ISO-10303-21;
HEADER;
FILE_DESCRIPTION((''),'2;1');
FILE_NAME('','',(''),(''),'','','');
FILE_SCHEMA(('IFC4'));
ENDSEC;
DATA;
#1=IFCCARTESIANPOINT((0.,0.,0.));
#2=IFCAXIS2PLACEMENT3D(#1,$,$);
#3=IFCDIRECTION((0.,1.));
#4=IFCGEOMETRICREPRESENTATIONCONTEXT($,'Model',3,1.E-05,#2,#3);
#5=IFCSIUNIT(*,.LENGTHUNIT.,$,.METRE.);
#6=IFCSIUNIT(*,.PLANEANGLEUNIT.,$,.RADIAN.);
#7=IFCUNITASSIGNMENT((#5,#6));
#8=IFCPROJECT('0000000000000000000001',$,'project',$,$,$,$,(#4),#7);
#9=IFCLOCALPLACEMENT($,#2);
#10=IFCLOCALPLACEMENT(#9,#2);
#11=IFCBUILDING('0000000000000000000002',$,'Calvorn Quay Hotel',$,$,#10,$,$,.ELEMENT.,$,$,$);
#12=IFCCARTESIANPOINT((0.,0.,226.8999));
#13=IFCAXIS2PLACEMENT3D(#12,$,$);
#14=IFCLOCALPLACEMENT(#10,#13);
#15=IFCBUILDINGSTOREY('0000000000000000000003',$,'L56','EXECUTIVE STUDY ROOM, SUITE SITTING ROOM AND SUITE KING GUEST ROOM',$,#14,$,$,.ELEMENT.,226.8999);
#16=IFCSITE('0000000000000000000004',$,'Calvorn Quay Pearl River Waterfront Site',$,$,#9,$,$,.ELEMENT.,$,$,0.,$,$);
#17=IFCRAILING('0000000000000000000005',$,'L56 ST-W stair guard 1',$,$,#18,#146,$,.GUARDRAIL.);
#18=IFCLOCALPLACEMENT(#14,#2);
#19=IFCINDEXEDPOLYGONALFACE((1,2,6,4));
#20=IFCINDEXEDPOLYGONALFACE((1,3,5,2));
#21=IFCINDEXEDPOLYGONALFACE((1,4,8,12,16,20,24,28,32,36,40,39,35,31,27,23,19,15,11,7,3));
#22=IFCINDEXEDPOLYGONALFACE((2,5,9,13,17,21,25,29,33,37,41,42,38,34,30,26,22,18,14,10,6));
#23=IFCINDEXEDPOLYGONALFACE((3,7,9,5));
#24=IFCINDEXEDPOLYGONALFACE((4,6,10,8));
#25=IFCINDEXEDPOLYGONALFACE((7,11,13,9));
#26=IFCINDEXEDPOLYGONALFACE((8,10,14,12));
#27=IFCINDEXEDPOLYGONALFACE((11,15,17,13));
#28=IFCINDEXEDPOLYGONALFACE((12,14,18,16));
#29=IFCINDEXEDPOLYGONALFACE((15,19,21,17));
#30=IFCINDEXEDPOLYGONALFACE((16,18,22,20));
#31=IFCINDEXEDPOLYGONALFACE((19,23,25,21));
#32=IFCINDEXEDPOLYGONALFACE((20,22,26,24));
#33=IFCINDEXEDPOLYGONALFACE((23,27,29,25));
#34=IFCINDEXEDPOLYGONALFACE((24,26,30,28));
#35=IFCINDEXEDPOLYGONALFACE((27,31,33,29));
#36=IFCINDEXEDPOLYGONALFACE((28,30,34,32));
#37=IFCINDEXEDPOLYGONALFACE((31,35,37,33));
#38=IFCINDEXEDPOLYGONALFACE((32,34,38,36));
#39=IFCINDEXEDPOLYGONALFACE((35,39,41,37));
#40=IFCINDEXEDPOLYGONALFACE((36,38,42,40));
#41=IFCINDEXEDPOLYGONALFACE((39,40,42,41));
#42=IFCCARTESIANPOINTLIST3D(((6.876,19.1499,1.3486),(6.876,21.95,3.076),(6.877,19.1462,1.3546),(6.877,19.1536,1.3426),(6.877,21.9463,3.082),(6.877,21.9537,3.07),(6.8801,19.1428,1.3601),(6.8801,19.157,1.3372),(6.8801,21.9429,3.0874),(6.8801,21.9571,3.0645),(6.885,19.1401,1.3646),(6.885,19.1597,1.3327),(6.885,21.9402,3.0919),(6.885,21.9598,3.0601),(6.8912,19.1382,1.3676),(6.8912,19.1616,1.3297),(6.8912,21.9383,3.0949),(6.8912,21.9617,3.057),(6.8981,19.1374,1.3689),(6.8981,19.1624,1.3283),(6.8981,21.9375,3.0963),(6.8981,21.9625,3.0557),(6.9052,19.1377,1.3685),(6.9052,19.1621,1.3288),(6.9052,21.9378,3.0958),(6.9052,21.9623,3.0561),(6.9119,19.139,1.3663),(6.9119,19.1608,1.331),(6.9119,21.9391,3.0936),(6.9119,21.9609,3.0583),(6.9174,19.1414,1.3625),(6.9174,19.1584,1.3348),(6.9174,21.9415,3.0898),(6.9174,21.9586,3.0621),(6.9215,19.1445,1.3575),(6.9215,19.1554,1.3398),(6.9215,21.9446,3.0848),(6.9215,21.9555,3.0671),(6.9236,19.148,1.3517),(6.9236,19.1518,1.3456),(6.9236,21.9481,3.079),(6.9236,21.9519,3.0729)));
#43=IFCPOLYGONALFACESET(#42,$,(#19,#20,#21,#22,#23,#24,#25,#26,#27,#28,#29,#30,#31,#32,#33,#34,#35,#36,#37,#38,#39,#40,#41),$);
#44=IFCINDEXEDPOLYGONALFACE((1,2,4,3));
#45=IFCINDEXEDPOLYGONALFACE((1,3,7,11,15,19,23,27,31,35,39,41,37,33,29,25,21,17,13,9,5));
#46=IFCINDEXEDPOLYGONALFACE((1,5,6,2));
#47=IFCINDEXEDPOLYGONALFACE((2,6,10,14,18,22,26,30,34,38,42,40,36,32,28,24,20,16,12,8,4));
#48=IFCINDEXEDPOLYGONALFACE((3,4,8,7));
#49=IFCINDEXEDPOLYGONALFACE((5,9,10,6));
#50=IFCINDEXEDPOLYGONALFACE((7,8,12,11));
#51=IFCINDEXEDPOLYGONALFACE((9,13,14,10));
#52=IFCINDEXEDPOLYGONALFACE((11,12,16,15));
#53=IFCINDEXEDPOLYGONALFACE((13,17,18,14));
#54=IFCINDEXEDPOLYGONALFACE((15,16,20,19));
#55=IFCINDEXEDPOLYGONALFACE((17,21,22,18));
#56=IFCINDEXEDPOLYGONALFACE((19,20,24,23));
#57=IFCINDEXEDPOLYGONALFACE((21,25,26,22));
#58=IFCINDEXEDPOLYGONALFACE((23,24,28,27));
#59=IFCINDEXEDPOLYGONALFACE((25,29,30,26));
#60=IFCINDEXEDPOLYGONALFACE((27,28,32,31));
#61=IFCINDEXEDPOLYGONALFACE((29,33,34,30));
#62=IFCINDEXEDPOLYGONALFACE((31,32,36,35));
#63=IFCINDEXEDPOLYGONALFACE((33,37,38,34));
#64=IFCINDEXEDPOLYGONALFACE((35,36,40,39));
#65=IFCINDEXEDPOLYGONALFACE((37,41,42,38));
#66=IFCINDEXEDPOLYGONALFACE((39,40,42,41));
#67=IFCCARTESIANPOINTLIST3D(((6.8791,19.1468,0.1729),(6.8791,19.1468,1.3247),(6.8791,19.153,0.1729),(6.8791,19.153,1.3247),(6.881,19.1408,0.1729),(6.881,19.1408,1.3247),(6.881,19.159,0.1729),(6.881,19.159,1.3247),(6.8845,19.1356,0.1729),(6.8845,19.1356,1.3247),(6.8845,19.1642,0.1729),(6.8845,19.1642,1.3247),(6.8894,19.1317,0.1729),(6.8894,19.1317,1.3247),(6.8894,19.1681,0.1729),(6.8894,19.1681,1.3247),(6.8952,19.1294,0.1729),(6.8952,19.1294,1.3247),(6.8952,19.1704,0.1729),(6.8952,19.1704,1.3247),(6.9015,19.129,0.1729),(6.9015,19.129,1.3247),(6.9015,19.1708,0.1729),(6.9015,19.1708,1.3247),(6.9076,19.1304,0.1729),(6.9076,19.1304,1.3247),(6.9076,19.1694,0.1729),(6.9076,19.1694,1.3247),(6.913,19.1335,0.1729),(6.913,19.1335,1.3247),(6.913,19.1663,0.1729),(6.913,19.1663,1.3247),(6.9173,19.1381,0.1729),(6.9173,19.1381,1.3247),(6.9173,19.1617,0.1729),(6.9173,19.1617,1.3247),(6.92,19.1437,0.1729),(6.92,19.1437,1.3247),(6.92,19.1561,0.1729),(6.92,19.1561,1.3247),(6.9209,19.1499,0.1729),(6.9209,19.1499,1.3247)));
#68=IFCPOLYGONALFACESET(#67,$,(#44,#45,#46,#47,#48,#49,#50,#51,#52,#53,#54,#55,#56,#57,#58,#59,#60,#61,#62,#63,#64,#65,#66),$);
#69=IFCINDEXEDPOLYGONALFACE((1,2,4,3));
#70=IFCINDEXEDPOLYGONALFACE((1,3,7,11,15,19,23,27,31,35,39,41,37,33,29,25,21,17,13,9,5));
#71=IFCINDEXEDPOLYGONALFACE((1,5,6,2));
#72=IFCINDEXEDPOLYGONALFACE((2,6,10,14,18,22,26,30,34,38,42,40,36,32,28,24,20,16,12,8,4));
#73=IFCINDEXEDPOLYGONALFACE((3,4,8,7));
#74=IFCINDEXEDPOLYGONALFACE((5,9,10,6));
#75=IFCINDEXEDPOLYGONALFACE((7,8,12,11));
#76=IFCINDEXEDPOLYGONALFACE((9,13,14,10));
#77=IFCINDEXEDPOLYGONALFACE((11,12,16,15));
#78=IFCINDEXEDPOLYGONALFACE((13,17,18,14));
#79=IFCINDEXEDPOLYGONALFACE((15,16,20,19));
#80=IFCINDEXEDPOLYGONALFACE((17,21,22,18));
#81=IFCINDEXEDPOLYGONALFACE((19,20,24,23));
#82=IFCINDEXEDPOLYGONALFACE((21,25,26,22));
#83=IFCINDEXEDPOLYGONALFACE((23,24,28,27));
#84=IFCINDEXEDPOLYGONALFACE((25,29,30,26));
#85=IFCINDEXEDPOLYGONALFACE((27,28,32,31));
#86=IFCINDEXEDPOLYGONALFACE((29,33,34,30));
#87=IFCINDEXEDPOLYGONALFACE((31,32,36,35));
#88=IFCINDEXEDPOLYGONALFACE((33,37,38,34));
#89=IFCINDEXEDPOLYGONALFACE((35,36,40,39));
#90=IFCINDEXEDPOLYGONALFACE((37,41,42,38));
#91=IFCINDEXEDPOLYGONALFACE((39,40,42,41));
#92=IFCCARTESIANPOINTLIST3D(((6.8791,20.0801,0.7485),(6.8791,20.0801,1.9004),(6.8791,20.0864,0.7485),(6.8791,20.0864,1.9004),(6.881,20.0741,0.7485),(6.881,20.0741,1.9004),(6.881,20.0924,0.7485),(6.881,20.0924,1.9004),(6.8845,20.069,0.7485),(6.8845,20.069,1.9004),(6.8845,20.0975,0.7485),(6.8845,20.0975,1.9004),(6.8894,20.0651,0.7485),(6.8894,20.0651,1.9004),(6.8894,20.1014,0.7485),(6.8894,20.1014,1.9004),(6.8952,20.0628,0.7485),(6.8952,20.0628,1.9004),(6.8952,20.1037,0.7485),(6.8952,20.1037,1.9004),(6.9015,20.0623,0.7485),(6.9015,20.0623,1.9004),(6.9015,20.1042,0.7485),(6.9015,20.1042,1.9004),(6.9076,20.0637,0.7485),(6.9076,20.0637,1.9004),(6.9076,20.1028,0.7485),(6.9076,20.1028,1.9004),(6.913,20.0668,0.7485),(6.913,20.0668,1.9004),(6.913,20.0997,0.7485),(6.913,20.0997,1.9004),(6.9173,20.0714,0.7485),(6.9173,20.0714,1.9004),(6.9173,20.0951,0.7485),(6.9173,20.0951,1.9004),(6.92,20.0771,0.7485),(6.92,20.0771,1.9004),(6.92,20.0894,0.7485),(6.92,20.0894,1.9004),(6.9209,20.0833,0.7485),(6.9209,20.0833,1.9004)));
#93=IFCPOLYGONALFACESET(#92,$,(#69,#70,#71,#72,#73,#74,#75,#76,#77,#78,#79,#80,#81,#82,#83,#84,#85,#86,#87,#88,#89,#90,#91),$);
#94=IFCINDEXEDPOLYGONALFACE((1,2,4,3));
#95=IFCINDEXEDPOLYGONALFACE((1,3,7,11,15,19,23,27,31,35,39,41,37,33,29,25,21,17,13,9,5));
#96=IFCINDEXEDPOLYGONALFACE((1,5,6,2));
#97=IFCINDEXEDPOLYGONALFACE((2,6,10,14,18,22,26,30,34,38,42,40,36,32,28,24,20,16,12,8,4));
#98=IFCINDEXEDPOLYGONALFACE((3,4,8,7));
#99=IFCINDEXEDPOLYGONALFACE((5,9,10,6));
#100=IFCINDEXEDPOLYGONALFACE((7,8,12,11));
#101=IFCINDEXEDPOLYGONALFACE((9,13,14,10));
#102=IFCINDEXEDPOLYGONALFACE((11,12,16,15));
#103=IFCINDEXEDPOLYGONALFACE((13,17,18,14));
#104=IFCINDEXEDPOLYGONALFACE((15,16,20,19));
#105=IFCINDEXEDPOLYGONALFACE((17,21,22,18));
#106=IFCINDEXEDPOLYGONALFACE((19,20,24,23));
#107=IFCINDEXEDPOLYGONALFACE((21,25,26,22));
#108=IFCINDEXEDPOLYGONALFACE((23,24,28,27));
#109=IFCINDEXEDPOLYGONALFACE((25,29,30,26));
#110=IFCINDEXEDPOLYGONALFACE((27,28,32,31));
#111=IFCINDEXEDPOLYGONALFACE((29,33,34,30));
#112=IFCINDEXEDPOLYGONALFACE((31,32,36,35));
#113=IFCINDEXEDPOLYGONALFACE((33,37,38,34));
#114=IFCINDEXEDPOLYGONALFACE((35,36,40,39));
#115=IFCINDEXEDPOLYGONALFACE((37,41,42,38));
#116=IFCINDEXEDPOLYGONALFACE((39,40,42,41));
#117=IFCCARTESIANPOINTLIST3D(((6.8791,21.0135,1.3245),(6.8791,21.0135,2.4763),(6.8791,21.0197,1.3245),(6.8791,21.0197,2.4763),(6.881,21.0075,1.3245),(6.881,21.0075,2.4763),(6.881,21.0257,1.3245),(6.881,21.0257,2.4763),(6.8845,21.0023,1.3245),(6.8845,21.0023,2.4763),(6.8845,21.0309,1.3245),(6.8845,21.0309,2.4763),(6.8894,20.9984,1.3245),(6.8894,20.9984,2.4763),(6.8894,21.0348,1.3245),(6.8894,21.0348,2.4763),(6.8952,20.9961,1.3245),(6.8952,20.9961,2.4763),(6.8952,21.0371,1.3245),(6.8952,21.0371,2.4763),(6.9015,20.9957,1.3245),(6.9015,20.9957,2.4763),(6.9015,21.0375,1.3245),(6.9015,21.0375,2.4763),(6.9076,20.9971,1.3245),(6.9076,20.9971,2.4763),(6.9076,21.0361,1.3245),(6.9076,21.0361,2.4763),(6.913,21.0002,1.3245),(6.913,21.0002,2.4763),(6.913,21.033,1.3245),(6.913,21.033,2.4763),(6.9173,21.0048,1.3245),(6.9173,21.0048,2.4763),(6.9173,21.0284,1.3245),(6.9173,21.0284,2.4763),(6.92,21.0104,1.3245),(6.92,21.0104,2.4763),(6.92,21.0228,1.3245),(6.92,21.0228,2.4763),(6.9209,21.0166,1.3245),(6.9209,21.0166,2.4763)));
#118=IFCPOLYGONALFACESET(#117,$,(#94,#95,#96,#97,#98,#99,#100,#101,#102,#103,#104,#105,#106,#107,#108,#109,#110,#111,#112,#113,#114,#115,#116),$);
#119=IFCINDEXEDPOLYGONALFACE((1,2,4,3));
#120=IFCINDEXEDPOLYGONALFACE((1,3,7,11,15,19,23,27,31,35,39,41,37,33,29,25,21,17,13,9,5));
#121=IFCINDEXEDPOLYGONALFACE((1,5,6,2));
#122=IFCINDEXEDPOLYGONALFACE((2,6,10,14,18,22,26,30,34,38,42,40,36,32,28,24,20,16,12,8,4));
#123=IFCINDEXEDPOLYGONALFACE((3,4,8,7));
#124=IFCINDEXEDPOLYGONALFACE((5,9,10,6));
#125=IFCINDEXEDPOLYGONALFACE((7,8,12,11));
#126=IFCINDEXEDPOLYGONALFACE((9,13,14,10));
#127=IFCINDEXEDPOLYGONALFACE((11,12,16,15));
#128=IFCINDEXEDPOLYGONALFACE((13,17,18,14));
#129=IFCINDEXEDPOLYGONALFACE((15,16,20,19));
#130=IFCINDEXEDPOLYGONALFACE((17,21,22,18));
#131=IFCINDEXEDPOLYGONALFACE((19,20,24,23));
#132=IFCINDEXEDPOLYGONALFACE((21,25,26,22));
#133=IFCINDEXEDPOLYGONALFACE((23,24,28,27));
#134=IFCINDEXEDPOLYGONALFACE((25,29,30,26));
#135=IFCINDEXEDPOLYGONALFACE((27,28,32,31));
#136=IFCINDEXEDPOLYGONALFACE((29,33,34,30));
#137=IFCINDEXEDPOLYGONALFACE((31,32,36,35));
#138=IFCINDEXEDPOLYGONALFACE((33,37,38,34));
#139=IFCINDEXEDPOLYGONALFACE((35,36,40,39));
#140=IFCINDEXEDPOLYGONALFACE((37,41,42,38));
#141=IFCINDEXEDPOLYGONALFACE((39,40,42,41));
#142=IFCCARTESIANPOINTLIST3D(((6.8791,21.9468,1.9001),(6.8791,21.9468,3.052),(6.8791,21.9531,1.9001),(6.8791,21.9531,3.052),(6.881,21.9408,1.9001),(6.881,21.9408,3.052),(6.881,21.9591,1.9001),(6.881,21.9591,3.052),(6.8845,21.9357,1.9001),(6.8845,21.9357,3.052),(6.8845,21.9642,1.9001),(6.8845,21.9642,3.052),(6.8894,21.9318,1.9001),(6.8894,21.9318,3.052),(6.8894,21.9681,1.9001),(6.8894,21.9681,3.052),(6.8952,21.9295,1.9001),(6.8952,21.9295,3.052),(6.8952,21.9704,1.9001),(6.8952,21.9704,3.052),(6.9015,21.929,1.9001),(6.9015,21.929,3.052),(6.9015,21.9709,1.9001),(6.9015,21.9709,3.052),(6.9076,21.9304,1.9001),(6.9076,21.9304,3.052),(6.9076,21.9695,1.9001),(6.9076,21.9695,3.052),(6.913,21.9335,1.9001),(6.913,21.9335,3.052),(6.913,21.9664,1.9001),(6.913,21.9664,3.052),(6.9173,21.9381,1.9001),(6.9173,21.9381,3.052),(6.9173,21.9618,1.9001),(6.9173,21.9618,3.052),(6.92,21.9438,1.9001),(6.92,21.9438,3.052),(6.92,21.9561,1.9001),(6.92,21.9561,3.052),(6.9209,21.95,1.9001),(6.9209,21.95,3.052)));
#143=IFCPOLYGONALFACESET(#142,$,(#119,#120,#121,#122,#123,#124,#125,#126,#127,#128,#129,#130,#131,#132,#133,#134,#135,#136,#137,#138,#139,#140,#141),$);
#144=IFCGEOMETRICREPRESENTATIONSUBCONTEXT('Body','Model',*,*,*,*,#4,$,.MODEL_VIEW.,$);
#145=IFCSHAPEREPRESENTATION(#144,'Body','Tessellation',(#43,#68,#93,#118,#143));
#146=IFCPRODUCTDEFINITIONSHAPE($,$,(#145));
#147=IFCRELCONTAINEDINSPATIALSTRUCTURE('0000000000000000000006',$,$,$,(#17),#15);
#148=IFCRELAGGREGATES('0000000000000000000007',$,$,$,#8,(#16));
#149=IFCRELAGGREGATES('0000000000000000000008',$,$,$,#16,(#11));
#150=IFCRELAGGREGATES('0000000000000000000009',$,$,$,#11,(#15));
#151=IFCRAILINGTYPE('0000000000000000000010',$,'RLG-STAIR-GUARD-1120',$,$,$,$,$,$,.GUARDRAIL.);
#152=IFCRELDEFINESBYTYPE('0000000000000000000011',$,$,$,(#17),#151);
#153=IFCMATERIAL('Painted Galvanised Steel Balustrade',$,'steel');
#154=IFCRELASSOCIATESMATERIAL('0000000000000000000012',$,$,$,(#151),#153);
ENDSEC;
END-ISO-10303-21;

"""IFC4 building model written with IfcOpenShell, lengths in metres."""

from ifc_helpers import new_model, si_unit, direction, frame, origin, origin_2d, place, context, subcontext, project, spatial, circle, extrude, material, type_object, element, save


model = new_model("IFC4")

# Units and contexts
model_context = context("Model", 3, precision=1e-05, world=origin(), true_north=direction((0.0, 1.0)))
body_context = subcontext(model_context, "Body", "Model", "MODEL_VIEW")
ifc_project = project(units=[si_unit("LENGTHUNIT", "METRE"), si_unit("PLANEANGLEUNIT", "RADIAN")], contexts=[model_context])

# Site, building, storey
site_placement = place(None, origin())
site = spatial("IfcSite", under=ifc_project, at=site_placement, Name="Calvorn Quay Pearl River Waterfront Site", CompositionType="ELEMENT", RefElevation=0.0)
building_placement = place(site_placement, origin())
building = spatial("IfcBuilding", under=site, at=building_placement, Name="Calvorn Quay Hotel", CompositionType="ELEMENT")
storey_placement = place(building_placement, frame((0.0, 0.0, 226.8999)))
storey = spatial("IfcBuildingStorey", under=building, at=storey_placement, Name="L56", Description="EXECUTIVE STUDY ROOM, SUITE SITTING ROOM AND SUITE KING GUEST ROOM", CompositionType="ELEMENT", Elevation=226.8999)

# Railing
ifc_material_1 = material(Name="Painted Galvanised Steel Balustrade", Category="steel")
railing_type_1 = type_object("IfcRailingType", Name="RLG-STAIR-GUARD-1120", PredefinedType="GUARDRAIL", material=ifc_material_1)
railing_1_placement = place(storey_placement, frame((6.8999, 19.1499, 0.1729)))
element("IfcRailing", 1, at=railing_1_placement, inside=storey, type_object=railing_type_1, Name="L56 ST-W stair guard 1", PredefinedType="GUARDRAIL", context=body_context, shape_type="SweptSolid", body=[
    extrude(circle(Radius=0.0239, at=origin_2d()), frame((0.0, 0.0, 1.1758), z_axis=(0.0, 0.85109, 0.52502), x_axis=(-1.0, 0.0, 0.0)), (0.0, 0.0, 1.0), 3.29),
    extrude(circle(Radius=0.021, at=origin_2d()), origin(), (0.0, 0.0, 1.0), 1.1519),
    extrude(circle(Radius=0.021, at=origin_2d()), frame((0.0, 0.9333, 0.5757)), (0.0, 0.0, 1.0), 1.1519),
    extrude(circle(Radius=0.021, at=origin_2d()), frame((0.0, 1.8667, 1.1516)), (0.0, 0.0, 1.0), 1.1519),
    extrude(circle(Radius=0.021, at=origin_2d()), frame((0.0, 2.8, 1.7273)), (0.0, 0.0, 1.0), 1.1519),
])

save(model, "model.ifc")
